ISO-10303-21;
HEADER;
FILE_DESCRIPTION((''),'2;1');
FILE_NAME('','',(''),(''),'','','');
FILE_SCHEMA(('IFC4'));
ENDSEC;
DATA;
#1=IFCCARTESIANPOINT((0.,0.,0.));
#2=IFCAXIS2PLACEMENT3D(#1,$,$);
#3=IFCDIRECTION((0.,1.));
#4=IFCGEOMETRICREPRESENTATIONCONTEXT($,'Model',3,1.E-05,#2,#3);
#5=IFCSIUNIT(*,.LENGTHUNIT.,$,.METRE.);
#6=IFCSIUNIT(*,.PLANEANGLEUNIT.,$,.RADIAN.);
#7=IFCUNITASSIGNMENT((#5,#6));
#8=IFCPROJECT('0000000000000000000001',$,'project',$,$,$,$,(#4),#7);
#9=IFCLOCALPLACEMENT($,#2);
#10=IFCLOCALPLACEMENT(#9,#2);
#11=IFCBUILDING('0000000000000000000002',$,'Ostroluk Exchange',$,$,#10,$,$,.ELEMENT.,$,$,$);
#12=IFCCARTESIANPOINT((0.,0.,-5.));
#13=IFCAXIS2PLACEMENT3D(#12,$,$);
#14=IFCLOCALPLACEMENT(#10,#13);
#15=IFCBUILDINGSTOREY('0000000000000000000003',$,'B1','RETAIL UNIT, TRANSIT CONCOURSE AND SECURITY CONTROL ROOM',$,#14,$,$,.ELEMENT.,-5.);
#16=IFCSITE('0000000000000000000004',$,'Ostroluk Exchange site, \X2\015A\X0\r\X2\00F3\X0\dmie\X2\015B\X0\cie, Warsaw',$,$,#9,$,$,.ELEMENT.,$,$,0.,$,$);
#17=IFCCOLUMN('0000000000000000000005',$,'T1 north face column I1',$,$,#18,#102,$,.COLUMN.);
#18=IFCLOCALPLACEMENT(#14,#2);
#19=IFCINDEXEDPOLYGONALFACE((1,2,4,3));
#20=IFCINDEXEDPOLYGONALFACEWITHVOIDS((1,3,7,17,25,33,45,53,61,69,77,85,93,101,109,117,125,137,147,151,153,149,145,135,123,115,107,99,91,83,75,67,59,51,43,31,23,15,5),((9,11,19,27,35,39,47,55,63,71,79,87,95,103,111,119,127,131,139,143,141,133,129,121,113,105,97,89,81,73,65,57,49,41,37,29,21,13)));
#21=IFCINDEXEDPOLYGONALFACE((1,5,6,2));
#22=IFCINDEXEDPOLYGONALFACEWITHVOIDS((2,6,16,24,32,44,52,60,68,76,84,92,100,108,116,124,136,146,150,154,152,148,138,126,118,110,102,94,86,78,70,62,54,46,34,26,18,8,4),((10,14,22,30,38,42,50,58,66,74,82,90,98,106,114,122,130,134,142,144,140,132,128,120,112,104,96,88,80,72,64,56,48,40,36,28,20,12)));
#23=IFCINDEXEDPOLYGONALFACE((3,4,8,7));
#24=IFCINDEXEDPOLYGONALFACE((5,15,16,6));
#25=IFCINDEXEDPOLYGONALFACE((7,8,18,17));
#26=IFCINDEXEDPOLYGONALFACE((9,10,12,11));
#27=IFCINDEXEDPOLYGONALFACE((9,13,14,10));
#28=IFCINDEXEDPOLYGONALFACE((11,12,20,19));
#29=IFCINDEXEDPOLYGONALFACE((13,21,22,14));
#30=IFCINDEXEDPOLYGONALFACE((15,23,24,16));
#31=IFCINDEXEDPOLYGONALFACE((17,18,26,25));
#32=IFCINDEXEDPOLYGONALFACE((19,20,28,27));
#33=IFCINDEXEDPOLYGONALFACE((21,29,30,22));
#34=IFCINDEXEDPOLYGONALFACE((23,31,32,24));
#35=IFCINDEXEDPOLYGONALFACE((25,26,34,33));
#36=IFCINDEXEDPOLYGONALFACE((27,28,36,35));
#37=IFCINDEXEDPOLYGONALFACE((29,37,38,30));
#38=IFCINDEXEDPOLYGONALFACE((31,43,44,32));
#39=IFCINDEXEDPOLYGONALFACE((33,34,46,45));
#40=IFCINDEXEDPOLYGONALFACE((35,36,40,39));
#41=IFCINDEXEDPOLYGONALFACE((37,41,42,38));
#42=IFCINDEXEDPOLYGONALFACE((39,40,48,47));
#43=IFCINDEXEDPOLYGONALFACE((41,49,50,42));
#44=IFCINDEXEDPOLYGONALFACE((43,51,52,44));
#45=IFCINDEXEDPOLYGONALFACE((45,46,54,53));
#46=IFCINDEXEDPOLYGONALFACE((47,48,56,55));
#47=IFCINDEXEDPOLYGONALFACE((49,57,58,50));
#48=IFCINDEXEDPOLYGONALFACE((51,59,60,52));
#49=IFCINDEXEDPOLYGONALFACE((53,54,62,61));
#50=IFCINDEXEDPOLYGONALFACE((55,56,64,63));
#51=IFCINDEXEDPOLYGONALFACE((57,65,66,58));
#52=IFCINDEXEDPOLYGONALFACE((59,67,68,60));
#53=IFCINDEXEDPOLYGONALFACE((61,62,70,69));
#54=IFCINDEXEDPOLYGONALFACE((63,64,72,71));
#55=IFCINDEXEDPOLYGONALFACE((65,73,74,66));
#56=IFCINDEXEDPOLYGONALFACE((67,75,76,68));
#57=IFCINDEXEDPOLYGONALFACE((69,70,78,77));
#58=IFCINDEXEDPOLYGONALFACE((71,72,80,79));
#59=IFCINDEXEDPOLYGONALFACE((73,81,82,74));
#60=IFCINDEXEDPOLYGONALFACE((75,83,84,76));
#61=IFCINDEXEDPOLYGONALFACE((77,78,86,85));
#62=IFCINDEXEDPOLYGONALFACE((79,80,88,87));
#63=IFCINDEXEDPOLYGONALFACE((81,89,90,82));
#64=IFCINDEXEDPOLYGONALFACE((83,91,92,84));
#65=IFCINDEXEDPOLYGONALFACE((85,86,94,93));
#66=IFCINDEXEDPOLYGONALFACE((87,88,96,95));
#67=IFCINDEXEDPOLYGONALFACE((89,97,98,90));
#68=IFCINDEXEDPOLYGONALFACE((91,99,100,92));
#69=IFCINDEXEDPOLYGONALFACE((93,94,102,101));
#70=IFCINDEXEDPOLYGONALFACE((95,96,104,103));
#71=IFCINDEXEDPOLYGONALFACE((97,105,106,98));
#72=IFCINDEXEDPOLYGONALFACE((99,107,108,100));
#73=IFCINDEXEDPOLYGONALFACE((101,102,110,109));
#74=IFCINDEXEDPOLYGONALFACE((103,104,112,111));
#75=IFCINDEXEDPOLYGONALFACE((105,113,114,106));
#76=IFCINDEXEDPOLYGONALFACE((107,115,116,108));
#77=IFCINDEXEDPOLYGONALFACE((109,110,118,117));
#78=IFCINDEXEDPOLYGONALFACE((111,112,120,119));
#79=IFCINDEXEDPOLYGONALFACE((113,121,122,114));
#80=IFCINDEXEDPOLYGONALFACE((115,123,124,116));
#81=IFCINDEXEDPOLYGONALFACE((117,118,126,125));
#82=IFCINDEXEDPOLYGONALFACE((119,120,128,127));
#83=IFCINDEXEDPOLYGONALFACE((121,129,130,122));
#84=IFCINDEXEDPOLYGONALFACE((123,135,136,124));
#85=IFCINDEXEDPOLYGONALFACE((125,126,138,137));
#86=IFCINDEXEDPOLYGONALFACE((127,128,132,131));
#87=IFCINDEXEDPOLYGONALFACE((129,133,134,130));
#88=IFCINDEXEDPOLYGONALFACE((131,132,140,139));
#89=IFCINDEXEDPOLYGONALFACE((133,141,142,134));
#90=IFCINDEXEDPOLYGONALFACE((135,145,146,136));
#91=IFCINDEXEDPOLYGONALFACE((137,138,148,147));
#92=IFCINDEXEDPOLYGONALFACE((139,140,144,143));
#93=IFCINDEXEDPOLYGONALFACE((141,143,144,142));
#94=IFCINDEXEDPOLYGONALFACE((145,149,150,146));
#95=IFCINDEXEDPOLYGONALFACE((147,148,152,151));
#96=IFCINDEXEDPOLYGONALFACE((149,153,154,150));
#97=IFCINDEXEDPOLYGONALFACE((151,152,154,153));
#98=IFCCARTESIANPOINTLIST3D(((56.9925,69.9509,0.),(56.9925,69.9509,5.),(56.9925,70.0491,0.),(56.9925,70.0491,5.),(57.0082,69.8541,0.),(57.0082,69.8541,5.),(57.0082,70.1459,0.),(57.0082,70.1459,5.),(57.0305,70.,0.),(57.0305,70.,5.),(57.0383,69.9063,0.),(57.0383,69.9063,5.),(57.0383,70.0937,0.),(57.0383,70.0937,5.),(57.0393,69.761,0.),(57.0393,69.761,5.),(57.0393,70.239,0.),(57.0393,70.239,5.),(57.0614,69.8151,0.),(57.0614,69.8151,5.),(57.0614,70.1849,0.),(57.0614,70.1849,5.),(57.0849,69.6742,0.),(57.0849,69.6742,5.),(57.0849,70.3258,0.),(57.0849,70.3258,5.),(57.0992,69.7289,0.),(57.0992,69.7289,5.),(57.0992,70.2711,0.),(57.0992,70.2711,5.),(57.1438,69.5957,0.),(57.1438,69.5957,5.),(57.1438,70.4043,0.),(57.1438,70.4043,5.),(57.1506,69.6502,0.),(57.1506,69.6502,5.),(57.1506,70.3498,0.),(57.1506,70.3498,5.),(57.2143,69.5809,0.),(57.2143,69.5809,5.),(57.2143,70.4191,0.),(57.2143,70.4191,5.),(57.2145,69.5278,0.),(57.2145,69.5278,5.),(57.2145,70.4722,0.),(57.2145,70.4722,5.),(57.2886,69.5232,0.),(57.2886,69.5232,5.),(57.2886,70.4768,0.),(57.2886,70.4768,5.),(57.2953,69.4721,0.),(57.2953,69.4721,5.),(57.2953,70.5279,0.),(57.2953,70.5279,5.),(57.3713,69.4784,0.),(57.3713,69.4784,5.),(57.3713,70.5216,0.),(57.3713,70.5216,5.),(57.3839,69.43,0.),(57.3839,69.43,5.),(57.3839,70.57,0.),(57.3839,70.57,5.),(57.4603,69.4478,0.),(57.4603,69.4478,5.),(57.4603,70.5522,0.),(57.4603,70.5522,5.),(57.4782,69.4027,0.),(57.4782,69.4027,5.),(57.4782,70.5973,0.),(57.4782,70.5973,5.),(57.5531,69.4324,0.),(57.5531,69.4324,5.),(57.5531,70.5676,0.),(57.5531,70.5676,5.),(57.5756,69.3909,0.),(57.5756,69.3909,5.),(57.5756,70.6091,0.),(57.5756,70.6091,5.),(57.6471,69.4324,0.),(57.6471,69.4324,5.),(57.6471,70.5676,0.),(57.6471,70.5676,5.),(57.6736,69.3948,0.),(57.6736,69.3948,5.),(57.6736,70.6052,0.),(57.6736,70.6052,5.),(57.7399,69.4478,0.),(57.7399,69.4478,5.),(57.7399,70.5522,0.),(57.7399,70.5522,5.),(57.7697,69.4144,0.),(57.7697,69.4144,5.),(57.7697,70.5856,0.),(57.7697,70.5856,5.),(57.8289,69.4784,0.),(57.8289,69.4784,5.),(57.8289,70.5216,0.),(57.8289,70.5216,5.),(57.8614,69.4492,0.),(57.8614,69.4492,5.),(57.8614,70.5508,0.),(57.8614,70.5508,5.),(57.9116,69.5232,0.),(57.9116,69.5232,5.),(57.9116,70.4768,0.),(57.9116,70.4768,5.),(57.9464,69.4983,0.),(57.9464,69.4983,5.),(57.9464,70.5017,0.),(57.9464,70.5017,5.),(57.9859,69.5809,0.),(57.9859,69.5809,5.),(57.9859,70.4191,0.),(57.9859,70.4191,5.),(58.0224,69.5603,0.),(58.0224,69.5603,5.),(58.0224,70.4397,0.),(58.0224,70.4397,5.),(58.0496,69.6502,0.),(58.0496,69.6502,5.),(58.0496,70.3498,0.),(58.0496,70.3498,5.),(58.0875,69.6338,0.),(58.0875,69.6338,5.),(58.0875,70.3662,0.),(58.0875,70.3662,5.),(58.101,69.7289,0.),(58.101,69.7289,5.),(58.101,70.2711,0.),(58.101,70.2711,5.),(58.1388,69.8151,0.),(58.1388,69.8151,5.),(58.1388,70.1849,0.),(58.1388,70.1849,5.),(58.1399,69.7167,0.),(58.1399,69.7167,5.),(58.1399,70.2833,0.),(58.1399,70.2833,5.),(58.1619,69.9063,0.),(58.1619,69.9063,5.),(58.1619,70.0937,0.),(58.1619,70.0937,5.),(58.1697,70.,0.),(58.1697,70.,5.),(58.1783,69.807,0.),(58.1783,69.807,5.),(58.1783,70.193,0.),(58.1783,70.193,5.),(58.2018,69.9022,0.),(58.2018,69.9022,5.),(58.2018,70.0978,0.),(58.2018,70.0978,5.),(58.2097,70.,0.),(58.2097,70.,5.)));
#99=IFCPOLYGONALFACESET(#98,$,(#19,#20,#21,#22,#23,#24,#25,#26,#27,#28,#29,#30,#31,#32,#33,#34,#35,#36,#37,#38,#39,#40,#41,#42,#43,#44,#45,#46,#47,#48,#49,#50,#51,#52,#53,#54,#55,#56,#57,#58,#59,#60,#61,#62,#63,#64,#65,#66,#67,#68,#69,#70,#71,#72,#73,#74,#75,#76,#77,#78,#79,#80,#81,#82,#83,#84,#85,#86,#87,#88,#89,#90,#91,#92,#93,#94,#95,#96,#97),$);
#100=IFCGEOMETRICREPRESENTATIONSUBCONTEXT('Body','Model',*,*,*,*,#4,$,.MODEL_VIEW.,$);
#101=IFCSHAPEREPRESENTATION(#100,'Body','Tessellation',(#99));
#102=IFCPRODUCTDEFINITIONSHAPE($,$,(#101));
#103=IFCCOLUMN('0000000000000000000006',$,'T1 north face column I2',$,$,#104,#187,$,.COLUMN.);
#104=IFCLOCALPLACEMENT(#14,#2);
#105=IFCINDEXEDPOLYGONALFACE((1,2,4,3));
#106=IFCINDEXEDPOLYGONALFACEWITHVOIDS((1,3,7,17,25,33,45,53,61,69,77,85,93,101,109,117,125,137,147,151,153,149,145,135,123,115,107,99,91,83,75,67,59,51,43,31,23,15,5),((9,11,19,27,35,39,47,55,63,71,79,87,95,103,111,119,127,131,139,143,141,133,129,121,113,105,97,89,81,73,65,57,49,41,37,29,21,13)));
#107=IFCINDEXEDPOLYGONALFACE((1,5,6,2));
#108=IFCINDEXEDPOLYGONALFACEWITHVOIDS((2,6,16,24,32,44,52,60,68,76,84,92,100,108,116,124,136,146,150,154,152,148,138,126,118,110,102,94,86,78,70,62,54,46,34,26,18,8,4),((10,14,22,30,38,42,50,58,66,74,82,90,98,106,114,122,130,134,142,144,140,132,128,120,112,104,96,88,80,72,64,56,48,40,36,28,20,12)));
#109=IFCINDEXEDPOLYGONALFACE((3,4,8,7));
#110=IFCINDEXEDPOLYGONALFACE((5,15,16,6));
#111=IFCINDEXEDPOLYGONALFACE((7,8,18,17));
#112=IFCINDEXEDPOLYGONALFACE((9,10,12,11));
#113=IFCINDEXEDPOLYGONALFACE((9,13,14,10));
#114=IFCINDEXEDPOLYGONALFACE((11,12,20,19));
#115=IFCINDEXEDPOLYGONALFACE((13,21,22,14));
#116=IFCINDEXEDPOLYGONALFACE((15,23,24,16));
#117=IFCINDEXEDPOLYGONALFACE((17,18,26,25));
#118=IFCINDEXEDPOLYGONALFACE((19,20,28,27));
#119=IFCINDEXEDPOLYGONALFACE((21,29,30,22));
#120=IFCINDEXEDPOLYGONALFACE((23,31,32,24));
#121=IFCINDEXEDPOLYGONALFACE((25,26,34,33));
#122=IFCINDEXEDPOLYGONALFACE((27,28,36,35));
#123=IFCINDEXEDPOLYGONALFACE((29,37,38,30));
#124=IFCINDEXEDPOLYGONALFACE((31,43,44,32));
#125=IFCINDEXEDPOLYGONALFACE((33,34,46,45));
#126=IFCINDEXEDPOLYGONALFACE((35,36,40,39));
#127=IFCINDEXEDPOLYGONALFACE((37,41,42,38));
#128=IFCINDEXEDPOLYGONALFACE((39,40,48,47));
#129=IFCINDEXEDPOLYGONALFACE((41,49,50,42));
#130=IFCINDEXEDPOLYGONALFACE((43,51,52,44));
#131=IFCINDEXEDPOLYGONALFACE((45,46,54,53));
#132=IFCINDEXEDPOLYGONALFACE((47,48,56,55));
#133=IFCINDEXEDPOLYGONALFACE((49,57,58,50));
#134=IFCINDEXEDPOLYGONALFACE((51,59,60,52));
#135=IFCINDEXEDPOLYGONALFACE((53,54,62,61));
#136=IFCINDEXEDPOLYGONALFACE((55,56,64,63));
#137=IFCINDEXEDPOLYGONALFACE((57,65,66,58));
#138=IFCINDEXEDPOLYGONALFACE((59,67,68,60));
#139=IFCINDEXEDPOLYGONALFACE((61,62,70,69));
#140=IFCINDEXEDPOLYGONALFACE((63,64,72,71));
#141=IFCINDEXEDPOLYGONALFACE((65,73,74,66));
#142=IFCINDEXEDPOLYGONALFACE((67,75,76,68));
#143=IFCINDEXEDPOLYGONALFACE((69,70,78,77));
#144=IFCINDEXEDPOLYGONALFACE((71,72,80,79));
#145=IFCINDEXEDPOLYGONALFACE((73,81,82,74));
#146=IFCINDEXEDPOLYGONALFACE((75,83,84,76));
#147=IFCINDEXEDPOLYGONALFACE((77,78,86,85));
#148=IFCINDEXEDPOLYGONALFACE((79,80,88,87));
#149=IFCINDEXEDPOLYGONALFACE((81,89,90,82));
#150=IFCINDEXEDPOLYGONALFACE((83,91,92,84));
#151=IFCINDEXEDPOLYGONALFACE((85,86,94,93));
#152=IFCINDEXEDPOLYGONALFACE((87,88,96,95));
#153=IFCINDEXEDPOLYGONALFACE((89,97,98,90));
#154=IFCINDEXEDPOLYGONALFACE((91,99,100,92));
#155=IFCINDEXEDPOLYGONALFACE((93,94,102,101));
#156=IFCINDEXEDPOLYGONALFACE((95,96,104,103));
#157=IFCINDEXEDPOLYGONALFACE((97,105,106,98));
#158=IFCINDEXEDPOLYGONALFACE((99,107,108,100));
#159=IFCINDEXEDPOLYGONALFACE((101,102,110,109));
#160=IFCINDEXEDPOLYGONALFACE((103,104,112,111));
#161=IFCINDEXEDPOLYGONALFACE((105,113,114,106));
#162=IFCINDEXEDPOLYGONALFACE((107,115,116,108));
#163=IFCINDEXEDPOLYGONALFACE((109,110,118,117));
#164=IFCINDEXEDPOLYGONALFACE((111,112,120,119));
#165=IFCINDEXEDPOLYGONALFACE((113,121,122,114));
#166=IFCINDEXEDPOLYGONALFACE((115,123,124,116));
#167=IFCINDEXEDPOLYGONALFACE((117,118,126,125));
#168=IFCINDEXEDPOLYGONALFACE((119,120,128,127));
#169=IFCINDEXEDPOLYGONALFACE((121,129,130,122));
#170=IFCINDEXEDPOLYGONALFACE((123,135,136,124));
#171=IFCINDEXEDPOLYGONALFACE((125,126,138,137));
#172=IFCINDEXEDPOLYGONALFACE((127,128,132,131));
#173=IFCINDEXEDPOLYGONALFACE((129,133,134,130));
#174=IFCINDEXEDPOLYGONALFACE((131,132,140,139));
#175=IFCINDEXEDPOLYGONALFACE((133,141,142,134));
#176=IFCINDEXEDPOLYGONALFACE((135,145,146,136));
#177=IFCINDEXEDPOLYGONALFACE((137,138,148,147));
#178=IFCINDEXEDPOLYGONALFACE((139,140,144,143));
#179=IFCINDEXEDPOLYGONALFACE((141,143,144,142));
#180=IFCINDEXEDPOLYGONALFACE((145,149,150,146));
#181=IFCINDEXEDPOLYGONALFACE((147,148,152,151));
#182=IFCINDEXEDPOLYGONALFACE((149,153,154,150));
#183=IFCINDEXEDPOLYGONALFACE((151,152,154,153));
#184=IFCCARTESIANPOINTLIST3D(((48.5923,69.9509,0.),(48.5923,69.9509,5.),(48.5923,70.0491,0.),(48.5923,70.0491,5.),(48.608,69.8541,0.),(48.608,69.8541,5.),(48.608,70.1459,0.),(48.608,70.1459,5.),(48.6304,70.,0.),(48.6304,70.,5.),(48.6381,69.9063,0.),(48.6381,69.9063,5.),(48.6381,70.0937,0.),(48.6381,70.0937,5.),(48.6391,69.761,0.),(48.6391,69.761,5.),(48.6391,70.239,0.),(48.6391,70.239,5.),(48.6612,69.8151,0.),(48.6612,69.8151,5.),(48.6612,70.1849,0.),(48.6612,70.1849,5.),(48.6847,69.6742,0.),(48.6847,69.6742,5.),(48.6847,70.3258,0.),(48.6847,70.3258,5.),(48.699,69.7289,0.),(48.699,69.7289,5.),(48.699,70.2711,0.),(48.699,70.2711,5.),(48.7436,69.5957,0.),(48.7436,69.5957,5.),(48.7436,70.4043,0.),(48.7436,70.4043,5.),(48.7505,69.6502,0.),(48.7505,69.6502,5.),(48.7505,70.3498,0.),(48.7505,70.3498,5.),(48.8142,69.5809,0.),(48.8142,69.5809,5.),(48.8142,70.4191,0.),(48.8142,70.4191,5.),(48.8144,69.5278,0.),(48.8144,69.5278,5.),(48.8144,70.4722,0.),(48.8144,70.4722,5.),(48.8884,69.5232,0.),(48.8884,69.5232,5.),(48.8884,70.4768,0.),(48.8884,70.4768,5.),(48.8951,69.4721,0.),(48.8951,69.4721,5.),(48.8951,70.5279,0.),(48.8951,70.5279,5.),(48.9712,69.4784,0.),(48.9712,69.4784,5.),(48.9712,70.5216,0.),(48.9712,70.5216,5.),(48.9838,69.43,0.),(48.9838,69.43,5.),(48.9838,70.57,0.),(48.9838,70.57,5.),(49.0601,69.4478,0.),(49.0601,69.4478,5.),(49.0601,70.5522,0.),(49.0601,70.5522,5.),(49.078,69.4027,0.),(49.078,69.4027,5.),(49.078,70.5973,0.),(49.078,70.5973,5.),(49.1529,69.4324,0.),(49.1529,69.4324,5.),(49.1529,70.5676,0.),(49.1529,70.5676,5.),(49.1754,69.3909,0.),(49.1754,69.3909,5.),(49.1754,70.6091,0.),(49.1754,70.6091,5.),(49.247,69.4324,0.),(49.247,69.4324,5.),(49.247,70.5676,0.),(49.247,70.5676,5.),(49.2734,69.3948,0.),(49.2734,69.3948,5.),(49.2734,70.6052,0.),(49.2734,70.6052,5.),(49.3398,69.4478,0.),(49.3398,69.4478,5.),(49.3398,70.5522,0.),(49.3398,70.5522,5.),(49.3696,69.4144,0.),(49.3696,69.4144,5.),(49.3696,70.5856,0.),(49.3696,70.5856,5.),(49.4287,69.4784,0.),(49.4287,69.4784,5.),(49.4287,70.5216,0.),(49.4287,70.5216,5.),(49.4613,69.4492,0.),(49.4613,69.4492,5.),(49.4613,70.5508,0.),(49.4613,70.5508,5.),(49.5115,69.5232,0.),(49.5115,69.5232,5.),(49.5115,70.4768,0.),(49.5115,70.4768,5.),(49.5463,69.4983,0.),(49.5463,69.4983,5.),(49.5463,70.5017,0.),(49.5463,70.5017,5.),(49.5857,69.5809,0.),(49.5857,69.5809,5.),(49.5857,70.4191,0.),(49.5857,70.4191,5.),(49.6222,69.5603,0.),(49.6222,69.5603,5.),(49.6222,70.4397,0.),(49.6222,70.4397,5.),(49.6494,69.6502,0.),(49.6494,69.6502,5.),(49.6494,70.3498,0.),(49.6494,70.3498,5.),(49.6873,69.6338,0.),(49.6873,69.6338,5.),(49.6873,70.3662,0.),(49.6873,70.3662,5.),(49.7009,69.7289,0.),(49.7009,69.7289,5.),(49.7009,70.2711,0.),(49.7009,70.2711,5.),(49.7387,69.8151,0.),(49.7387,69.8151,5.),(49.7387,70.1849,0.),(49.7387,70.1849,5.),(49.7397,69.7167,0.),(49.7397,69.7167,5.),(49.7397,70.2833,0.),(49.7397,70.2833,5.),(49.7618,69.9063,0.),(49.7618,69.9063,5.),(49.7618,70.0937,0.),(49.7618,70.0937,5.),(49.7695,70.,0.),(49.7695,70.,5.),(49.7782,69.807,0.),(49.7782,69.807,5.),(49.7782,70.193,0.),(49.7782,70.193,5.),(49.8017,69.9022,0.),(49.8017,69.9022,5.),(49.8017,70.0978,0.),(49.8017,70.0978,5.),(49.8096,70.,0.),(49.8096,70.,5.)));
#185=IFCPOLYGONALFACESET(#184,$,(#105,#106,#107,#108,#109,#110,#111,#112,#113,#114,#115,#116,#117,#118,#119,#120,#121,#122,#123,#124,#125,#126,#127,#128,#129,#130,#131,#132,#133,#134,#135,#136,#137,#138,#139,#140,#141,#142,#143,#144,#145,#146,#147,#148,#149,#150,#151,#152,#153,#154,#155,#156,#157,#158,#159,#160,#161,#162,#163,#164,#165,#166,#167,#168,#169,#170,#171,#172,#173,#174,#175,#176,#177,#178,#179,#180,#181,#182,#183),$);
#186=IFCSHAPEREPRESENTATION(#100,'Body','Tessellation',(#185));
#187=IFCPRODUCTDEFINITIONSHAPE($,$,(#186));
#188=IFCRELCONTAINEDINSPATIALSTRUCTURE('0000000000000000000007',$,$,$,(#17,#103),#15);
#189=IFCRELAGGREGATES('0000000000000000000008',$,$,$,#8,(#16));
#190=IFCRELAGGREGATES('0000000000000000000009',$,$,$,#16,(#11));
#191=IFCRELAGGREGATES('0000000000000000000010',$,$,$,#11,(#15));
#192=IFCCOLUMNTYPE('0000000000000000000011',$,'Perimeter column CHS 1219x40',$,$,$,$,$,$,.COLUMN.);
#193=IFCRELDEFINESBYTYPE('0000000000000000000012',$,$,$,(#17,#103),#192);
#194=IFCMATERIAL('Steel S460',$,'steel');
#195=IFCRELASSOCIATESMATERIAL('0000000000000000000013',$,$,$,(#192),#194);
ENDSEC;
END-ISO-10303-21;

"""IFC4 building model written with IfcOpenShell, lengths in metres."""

from ifc_helpers import new_model, si_unit, direction, frame, origin, origin_2d, place, context, subcontext, project, spatial, hollow_circle, extrude, material, material_profile, profile_set, type_object, element, save


model = new_model("IFC4")

# Units and contexts
model_context = context("Model", 3, precision=1e-05, world=origin(), true_north=direction((0.0, 1.0)))
body_context = subcontext(model_context, "Body", "Model", "MODEL_VIEW")
ifc_project = project(units=[si_unit("LENGTHUNIT", "METRE"), si_unit("PLANEANGLEUNIT", "RADIAN")], contexts=[model_context])

# Site, building, storey
site_placement = place(None, origin())
site = spatial("IfcSite", under=ifc_project, at=site_placement, Name="Ostroluk Exchange site, Śródmieście, Warsaw", CompositionType="ELEMENT", RefElevation=0.0)
building_placement = place(site_placement, origin())
building = spatial("IfcBuilding", under=site, at=building_placement, Name="Ostroluk Exchange", CompositionType="ELEMENT")
storey_placement = place(building_placement, frame((0.0, 0.0, -5.0)))
storey = spatial("IfcBuildingStorey", under=building, at=storey_placement, Name="B1", Description="RETAIL UNIT, TRANSIT CONCOURSE AND SECURITY CONTROL ROOM", CompositionType="ELEMENT", Elevation=-5.0)

# Columns
ifc_material_1 = material(Name="Steel S460", Category="steel")
ifc_material_profile_1 = material_profile(ifc_material_1, hollow_circle(Radius=0.6096, WallThickness=0.04, at=origin_2d()), Name="CHS 1219x40")
ifc_profile_set_1 = profile_set([ifc_material_profile_1], Name="Steel S460")
column_type_1 = type_object("IfcColumnType", Name="Perimeter column CHS 1219x40", PredefinedType="COLUMN", material=ifc_profile_set_1)
for number, where, z_axis, x_axis, name in (
    (1, (57.6001, 70.0, 0.0), (0.0, 0.0, 1.0), (1.0, 0.0, 0.0), "T1 north face column I1"),
    (2, (49.2, 70.0, 0.0), (0.0, 0.0, 1.0), (1.0, 0.0, 0.0), "T1 north face column I2"),
):
    element("IfcColumn", number, at=place(storey_placement, frame(where, z_axis=z_axis, x_axis=x_axis)), inside=storey, type_object=column_type_1, Name=name, PredefinedType="COLUMN", context=body_context, shape_type="SweptSolid", body=[
        extrude(hollow_circle(Radius=0.6096, WallThickness=0.04, at=origin_2d()), origin(), (0.0, 0.0, 1.0), 5.0),
    ])

save(model, "model.ifc")
